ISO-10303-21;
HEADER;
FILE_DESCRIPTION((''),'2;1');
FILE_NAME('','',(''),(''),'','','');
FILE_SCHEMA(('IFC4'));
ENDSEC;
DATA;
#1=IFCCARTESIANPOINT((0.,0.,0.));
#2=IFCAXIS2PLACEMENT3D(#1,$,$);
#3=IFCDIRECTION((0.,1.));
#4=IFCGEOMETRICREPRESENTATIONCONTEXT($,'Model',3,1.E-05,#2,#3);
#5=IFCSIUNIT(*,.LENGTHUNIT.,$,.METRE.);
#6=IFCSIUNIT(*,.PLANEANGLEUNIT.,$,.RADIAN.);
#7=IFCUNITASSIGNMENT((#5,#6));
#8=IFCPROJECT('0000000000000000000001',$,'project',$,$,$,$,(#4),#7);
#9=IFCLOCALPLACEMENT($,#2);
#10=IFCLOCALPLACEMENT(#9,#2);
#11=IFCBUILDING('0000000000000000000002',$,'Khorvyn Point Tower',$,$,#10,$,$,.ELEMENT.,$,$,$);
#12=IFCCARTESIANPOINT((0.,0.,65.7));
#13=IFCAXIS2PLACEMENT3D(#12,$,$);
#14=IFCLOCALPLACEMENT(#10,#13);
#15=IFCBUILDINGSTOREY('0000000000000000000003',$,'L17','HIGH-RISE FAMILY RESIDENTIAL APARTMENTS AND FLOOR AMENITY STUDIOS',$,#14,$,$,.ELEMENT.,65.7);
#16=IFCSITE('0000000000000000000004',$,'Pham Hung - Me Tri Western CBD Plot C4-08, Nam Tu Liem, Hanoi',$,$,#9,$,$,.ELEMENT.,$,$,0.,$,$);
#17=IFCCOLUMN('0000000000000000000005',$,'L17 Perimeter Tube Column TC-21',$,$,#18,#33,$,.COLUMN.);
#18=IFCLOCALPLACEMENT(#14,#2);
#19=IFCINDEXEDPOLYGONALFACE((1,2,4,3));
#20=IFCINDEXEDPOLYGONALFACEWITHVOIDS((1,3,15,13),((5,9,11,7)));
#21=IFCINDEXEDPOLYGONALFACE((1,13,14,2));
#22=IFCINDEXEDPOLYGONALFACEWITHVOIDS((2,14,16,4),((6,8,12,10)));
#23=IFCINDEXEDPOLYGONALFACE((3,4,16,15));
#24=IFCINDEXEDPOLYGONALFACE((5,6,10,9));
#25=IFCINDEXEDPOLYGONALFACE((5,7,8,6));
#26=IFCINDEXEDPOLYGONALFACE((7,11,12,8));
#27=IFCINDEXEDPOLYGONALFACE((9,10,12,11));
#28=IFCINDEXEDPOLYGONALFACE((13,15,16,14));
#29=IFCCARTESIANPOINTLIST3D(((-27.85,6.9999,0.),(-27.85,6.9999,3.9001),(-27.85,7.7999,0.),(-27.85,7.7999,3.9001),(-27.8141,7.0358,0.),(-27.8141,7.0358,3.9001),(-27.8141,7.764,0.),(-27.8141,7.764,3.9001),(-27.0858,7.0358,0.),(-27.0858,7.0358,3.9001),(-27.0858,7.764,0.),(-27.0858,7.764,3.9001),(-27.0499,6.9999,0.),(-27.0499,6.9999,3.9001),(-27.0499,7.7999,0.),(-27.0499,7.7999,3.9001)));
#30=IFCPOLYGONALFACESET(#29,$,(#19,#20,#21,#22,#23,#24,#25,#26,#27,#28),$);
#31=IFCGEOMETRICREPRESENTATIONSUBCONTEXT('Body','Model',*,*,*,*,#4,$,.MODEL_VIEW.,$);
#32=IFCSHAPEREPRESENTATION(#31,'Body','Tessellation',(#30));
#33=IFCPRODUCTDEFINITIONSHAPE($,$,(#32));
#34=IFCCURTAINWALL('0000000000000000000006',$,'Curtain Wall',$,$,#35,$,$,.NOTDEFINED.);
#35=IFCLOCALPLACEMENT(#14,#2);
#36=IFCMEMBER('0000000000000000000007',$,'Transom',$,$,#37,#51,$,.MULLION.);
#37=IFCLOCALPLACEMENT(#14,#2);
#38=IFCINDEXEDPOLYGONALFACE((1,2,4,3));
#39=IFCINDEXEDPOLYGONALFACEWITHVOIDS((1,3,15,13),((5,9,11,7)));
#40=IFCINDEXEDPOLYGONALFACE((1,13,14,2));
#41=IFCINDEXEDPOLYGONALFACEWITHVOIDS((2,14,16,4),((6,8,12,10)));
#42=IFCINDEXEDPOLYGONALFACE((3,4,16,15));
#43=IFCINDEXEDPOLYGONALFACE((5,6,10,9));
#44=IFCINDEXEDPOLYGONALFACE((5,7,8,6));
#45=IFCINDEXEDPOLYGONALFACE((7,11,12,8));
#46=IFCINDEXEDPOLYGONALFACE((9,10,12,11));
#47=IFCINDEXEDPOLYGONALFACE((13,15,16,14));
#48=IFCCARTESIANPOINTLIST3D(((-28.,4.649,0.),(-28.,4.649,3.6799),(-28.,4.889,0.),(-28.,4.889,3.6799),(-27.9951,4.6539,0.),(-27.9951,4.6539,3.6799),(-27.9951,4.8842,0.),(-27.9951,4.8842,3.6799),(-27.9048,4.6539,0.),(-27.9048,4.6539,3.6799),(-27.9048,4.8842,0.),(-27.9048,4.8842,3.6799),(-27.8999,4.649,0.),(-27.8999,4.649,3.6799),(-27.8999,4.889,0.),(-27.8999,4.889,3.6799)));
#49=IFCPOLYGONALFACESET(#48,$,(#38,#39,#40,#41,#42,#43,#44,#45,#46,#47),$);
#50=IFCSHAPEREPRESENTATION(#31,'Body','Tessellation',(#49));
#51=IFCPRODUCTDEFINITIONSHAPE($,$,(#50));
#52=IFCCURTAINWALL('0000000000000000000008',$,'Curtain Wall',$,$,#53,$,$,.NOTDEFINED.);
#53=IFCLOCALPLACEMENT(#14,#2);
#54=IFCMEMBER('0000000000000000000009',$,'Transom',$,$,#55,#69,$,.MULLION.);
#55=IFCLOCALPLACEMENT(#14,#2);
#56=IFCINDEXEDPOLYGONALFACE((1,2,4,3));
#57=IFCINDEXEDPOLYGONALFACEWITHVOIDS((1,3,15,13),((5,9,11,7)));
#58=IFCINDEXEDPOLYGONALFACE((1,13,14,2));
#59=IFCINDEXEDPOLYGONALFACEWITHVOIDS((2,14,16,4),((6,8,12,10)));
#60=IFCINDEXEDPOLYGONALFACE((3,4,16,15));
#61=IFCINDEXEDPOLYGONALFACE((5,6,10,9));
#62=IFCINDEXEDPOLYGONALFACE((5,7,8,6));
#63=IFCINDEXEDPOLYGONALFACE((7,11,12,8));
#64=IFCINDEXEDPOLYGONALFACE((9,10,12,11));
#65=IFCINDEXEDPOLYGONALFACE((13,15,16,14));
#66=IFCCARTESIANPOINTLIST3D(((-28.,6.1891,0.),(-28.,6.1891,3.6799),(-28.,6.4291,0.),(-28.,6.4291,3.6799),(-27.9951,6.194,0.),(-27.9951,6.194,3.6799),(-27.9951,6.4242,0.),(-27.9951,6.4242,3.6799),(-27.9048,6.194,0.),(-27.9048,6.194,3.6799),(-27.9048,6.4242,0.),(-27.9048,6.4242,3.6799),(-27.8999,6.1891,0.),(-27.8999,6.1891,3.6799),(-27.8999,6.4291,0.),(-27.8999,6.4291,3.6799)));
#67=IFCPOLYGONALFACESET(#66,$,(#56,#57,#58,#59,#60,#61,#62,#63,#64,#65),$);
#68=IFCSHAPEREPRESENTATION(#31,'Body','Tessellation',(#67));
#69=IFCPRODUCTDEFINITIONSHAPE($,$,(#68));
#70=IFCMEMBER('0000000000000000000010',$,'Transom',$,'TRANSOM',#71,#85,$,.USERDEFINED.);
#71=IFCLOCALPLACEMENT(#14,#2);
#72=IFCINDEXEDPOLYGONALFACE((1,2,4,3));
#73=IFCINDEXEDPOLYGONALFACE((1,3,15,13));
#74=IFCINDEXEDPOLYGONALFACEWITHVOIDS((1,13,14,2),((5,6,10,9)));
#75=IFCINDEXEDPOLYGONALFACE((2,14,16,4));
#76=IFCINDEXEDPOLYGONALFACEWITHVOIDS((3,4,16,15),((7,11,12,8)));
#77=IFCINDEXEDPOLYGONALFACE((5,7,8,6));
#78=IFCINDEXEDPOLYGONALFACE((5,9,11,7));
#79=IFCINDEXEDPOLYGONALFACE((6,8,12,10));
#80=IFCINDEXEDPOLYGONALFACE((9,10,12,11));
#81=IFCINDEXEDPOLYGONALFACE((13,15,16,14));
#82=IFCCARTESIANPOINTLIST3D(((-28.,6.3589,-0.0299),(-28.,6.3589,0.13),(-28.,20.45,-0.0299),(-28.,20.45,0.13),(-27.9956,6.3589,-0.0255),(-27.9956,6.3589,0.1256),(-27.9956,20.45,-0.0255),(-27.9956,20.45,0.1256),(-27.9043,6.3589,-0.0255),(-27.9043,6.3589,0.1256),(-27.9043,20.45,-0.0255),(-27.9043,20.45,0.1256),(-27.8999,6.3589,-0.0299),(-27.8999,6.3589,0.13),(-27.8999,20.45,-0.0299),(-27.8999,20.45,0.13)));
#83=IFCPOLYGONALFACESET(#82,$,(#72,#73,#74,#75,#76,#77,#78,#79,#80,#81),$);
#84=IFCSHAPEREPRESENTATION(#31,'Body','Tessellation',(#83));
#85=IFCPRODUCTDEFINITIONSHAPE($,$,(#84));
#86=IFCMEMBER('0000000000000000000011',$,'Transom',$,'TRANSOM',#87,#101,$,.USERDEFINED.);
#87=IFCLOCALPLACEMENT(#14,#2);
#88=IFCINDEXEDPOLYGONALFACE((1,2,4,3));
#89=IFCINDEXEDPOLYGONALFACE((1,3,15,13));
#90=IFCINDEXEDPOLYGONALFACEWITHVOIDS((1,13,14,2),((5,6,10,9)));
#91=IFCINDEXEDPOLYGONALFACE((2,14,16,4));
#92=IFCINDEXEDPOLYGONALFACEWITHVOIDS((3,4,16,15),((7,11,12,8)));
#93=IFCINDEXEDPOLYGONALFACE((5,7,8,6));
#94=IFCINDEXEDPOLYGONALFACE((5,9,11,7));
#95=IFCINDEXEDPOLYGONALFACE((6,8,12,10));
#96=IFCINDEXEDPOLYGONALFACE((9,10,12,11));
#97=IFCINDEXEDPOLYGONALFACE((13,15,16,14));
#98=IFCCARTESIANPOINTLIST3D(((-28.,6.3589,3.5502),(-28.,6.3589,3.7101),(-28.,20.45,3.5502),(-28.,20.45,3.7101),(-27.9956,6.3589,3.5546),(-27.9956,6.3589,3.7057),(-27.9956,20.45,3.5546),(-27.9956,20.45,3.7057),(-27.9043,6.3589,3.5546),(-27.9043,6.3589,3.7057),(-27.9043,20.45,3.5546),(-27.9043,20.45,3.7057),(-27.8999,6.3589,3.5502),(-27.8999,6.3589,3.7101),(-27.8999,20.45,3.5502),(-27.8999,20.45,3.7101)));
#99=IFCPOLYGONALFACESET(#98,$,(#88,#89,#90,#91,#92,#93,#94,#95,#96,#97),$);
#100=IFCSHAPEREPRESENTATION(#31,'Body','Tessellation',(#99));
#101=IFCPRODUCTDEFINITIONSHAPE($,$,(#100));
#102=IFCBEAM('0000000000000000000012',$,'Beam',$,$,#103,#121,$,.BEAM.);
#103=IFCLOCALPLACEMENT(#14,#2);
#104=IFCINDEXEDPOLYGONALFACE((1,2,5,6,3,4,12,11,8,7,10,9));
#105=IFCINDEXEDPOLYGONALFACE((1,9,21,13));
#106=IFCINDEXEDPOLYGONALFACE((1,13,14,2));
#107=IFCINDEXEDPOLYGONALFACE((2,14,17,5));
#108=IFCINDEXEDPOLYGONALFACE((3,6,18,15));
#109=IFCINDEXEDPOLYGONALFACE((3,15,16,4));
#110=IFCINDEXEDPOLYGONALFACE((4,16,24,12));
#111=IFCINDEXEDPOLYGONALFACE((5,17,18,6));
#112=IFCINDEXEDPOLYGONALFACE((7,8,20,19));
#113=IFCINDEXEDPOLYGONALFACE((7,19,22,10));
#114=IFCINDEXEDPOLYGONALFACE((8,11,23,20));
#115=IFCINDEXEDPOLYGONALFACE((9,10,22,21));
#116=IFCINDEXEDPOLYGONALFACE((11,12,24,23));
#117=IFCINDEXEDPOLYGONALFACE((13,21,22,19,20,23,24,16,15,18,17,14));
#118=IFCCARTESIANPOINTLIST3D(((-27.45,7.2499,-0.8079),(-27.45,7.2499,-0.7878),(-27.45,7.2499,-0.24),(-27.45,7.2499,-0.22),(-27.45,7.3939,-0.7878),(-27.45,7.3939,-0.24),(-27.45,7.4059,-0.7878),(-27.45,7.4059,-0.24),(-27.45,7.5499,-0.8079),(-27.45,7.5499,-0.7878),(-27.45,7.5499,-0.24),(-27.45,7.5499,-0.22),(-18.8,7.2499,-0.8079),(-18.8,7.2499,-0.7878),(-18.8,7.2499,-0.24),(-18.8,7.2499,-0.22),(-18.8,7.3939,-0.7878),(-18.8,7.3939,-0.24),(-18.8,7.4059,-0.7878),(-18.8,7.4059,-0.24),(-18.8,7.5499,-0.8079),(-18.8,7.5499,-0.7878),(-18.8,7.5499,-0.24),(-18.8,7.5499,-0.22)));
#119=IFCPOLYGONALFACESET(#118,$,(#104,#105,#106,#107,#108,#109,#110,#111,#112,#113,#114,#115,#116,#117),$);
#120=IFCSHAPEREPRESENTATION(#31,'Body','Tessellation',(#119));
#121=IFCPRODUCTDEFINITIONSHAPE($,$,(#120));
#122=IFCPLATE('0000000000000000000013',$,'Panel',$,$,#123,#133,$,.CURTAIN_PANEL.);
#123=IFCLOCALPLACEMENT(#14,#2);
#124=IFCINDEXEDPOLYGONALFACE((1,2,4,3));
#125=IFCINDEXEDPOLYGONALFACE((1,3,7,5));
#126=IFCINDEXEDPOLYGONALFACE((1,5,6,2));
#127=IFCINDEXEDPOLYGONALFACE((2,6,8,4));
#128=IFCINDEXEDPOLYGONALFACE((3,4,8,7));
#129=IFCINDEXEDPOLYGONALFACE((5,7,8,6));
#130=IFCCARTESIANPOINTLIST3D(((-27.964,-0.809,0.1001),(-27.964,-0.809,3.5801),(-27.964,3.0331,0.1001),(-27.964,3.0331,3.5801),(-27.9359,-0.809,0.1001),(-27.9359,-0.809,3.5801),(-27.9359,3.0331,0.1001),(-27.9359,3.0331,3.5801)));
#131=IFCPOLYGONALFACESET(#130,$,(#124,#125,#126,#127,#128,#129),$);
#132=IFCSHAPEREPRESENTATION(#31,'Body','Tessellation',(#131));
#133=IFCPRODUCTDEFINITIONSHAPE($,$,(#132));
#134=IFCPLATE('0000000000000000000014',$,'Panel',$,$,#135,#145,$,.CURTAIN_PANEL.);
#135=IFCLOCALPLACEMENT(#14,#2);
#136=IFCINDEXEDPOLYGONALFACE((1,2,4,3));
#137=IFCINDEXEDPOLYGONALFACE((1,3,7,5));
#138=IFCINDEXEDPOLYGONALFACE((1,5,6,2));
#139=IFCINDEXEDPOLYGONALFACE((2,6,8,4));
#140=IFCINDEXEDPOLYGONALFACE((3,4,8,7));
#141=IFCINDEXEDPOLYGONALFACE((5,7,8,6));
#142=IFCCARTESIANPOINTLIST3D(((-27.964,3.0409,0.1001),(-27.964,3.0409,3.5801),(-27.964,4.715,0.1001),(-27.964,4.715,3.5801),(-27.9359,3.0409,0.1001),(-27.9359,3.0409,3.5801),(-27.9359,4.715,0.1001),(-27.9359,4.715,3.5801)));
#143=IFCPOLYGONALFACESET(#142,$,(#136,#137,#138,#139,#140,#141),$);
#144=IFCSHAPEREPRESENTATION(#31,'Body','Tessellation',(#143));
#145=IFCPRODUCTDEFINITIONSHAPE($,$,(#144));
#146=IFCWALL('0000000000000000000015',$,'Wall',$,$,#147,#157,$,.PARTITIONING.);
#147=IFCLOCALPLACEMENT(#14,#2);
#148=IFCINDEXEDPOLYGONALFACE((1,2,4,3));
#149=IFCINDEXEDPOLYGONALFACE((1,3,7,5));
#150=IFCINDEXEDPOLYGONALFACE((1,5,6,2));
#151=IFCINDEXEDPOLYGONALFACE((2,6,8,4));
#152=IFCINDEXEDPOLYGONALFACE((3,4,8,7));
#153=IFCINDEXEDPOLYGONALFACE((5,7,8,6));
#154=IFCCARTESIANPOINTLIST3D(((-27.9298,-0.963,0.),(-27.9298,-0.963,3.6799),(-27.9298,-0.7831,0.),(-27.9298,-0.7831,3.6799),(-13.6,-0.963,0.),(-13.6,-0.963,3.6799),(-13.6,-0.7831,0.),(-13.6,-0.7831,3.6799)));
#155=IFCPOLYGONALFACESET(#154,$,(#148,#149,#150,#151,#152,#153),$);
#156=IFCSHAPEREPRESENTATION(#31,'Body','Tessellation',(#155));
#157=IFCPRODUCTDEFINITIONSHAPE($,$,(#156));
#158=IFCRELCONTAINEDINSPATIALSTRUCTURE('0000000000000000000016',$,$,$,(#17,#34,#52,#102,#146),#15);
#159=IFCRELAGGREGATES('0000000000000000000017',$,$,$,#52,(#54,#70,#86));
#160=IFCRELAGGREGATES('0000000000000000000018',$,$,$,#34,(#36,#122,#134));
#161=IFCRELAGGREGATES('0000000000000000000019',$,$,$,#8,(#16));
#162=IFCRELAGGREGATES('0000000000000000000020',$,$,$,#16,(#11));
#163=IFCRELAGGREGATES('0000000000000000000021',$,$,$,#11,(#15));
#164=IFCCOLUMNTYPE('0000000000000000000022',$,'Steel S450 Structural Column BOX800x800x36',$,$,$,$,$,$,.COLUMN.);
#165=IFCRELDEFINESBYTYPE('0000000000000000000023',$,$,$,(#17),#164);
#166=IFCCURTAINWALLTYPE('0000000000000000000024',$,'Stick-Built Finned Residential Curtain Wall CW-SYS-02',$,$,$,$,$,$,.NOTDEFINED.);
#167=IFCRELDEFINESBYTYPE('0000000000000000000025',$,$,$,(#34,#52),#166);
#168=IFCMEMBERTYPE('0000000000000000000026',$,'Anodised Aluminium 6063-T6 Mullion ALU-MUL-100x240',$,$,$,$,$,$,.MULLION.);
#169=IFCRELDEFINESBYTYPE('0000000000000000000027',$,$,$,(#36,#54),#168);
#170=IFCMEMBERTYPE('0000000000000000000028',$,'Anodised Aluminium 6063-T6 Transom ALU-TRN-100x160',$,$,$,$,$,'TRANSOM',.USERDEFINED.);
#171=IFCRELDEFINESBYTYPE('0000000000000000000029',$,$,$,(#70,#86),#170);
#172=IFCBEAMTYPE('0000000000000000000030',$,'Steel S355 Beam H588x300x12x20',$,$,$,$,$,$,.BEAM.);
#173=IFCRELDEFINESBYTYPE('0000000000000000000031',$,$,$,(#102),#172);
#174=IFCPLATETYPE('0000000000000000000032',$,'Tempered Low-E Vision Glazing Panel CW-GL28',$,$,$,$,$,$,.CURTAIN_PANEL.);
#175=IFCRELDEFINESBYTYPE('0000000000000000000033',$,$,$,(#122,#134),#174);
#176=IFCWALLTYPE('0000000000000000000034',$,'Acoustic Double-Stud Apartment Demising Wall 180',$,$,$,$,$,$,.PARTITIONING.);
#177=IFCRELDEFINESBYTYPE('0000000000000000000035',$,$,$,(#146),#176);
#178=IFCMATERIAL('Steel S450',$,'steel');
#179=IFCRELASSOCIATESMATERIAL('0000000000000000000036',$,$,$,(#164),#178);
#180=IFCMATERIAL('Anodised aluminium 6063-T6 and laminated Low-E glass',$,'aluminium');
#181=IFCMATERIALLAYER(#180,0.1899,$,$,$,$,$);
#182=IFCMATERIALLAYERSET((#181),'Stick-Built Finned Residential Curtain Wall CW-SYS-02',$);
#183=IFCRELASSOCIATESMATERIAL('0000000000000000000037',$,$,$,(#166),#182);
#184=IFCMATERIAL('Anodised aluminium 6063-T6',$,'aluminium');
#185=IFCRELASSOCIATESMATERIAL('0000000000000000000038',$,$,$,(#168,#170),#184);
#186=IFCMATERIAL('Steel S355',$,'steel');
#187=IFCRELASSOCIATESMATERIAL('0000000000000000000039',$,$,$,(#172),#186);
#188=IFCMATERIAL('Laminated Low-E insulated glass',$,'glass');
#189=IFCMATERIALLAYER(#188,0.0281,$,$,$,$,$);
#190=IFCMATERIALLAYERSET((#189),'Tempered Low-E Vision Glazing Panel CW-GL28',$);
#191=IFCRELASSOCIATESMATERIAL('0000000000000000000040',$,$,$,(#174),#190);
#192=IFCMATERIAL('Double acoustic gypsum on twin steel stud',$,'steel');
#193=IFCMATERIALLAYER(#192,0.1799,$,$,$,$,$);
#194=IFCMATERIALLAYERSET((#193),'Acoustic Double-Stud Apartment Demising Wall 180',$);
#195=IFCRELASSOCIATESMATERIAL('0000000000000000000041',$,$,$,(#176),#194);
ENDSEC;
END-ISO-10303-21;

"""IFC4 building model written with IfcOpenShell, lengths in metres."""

from ifc_helpers import new_model, si_unit, direction, frame, frame_2d, origin, origin_2d, place, context, subcontext, project, spatial, rectangle, hollow_rectangle, i_section, extrude, material, layer, layer_set, material_profile, profile_set, type_object, element, aggregate, save


model = new_model("IFC4")

# Units and contexts
model_context = context("Model", 3, precision=1e-05, world=origin(), true_north=direction((0.0, 1.0)))
body_context = subcontext(model_context, "Body", "Model", "MODEL_VIEW")
ifc_project = project(units=[si_unit("LENGTHUNIT", "METRE"), si_unit("PLANEANGLEUNIT", "RADIAN")], contexts=[model_context])

# Site, building, storey
site_placement = place(None, origin())
site = spatial("IfcSite", under=ifc_project, at=site_placement, Name="Pham Hung - Me Tri Western CBD Plot C4-08, Nam Tu Liem, Hanoi", CompositionType="ELEMENT", RefElevation=0.0)
building_placement = place(site_placement, origin())
building = spatial("IfcBuilding", under=site, at=building_placement, Name="Khorvyn Point Tower", CompositionType="ELEMENT")
storey_placement = place(building_placement, frame((0.0, 0.0, 65.7)))
storey = spatial("IfcBuildingStorey", under=building, at=storey_placement, Name="L17", Description="HIGH-RISE FAMILY RESIDENTIAL APARTMENTS AND FLOOR AMENITY STUDIOS", CompositionType="ELEMENT", Elevation=65.7)

# Column
ifc_material_1 = material(Name="Steel S450", Category="steel")
ifc_material_profile_1 = material_profile(ifc_material_1, hollow_rectangle(XDim=0.8, YDim=0.8, WallThickness=0.0359, at=origin_2d()))
ifc_profile_set_1 = profile_set([ifc_material_profile_1], Name="Steel S450 BOX800x800x36")
column_type = type_object("IfcColumnType", Name="Steel S450 Structural Column BOX800x800x36", PredefinedType="COLUMN", material=ifc_profile_set_1)
column_placement = place(storey_placement, frame((-27.45, 7.3999, 0.0), z_axis=(0.0, 0.0, 1.0), x_axis=(1.0, 0.0, 0.0)))
element("IfcColumn", 1, at=column_placement, inside=storey, type_object=column_type, Name="L17 Perimeter Tube Column TC-21", PredefinedType="COLUMN", context=body_context, shape_type="SweptSolid", body=[
    extrude(hollow_rectangle(XDim=0.8, YDim=0.8, WallThickness=0.0359, at=origin_2d()), origin(), (0.0, 0.0, 1.0), 3.9001),
])

# Curtain wall, member
ifc_material_2 = material(Name="Anodised aluminium 6063-T6 and laminated Low-E glass", Category="aluminium")
ifc_layer_1 = layer(ifc_material_2, 0.1899)
ifc_layer_set_1 = layer_set([ifc_layer_1], Name="Stick-Built Finned Residential Curtain Wall CW-SYS-02")
curtain_wall_type = type_object("IfcCurtainWallType", Name="Stick-Built Finned Residential Curtain Wall CW-SYS-02", PredefinedType="NOTDEFINED", material=ifc_layer_set_1)
curtain_wall_1_placement = place(storey_placement, origin())
curtain_wall_1 = element("IfcCurtainWall", 2, at=curtain_wall_1_placement, inside=storey, type_object=curtain_wall_type, Name="Curtain Wall", PredefinedType="NOTDEFINED")
ifc_material_3 = material(Name="Anodised aluminium 6063-T6", Category="aluminium")
ifc_material_profile_2 = material_profile(ifc_material_3, hollow_rectangle(XDim=0.1001, YDim=0.24, WallThickness=0.0049, at=origin_2d()))
ifc_profile_set_2 = profile_set([ifc_material_profile_2], Name="Anodised aluminium 6063-T6 ALU-MUL-100x240")
member_type_1 = type_object("IfcMemberType", Name="Anodised Aluminium 6063-T6 Mullion ALU-MUL-100x240", PredefinedType="MULLION", material=ifc_profile_set_2)
member_1_placement = place(storey_placement, frame((-27.95, 4.769, 0.0), z_axis=(0.0, 0.0, 1.0), x_axis=(-1.0, 0.0, 0.0)))
member_1 = element("IfcMember", 3, at=member_1_placement, type_object=member_type_1, Name="Transom", PredefinedType="MULLION", context=body_context, shape_type="SweptSolid", body=[
    extrude(hollow_rectangle(XDim=0.1001, YDim=0.24, WallThickness=0.0049, at=origin_2d()), origin(), (0.0, 0.0, 1.0), 3.6799),
])

# Curtain wall, members
curtain_wall_2_placement = place(storey_placement, origin())
curtain_wall_2 = element("IfcCurtainWall", 4, at=curtain_wall_2_placement, inside=storey, type_object=curtain_wall_type, Name="Curtain Wall", PredefinedType="NOTDEFINED")
member_2_placement = place(storey_placement, frame((-27.95, 6.3091, 0.0), z_axis=(0.0, 0.0, 1.0), x_axis=(-1.0, 0.0, 0.0)))
member_2 = element("IfcMember", 5, at=member_2_placement, type_object=member_type_1, Name="Transom", PredefinedType="MULLION", context=body_context, shape_type="SweptSolid", body=[
    extrude(hollow_rectangle(XDim=0.1001, YDim=0.24, WallThickness=0.0049, at=origin_2d()), origin(), (0.0, 0.0, 1.0), 3.6799),
])
ifc_material_profile_3 = material_profile(ifc_material_3, hollow_rectangle(XDim=0.1001, YDim=0.1599, WallThickness=0.0044, at=origin_2d()))
ifc_profile_set_3 = profile_set([ifc_material_profile_3], Name="Anodised aluminium 6063-T6 ALU-TRN-100x160")
member_type_2 = type_object("IfcMemberType", Name="Anodised Aluminium 6063-T6 Transom ALU-TRN-100x160", ElementType="TRANSOM", PredefinedType="USERDEFINED", material=ifc_profile_set_3)
member_3_placement = place(storey_placement, frame((-27.95, 6.3589, 0.05), z_axis=(0.0, 1.0, 0.0), x_axis=(-1.0, 0.0, 0.0)))
member_3 = element("IfcMember", 6, at=member_3_placement, type_object=member_type_2, Name="Transom", ObjectType="TRANSOM", PredefinedType="USERDEFINED", context=body_context, shape_type="SweptSolid", body=[
    extrude(hollow_rectangle(XDim=0.1001, YDim=0.1599, WallThickness=0.0044, at=origin_2d()), origin(), (0.0, 0.0, 1.0), 14.0911),
])
member_4_placement = place(storey_placement, frame((-27.95, 6.3589, 3.6301), z_axis=(0.0, 1.0, 0.0), x_axis=(-1.0, 0.0, 0.0)))
member_4 = element("IfcMember", 7, at=member_4_placement, type_object=member_type_2, Name="Transom", ObjectType="TRANSOM", PredefinedType="USERDEFINED", context=body_context, shape_type="SweptSolid", body=[
    extrude(hollow_rectangle(XDim=0.1001, YDim=0.1599, WallThickness=0.0044, at=origin_2d()), origin(), (0.0, 0.0, 1.0), 14.0911),
])
aggregate(curtain_wall_2, [member_2, member_3, member_4])

# Beam
ifc_material_4 = material(Name="Steel S355", Category="steel")
ifc_material_profile_4 = material_profile(ifc_material_4, i_section(OverallWidth=0.3, OverallDepth=0.5879, WebThickness=0.012, FlangeThickness=0.02, at=origin_2d()))
ifc_profile_set_4 = profile_set([ifc_material_profile_4], Name="Steel S355 H588x300x12x20")
beam_type = type_object("IfcBeamType", Name="Steel S355 Beam H588x300x12x20", PredefinedType="BEAM", material=ifc_profile_set_4)
beam_placement = place(storey_placement, frame((-27.45, 7.3999, -0.5139), z_axis=(1.0, 0.0, 0.0), x_axis=(0.0, 1.0, 0.0)))
element("IfcBeam", 8, at=beam_placement, inside=storey, type_object=beam_type, Name="Beam", PredefinedType="BEAM", context=body_context, shape_type="SweptSolid", body=[
    extrude(i_section(OverallWidth=0.3, OverallDepth=0.5879, WebThickness=0.012, FlangeThickness=0.02, at=origin_2d()), origin(), (0.0, 0.0, 1.0), 8.6499),
])

# Plates
ifc_material_5 = material(Name="Laminated Low-E insulated glass", Category="glass")
ifc_layer_2 = layer(ifc_material_5, 0.0281)
ifc_layer_set_2 = layer_set([ifc_layer_2], Name="Tempered Low-E Vision Glazing Panel CW-GL28")
plate_type = type_object("IfcPlateType", Name="Tempered Low-E Vision Glazing Panel CW-GL28", PredefinedType="CURTAIN_PANEL", material=ifc_layer_set_2)
plate_1_placement = place(storey_placement, frame((-27.95, 1.1121, 0.1001), z_axis=(0.0, 0.0, 1.0), x_axis=(0.0, 1.0, 0.0)))
plate_1 = element("IfcPlate", 9, at=plate_1_placement, type_object=plate_type, Name="Panel", PredefinedType="CURTAIN_PANEL", context=body_context, shape_type="SweptSolid", body=[
    extrude(rectangle(XDim=3.842, YDim=0.0281, at=origin_2d()), origin(), (0.0, 0.0, 1.0), 3.48),
])
plate_2_placement = place(storey_placement, frame((-27.95, 3.8779, 0.1001), z_axis=(0.0, 0.0, 1.0), x_axis=(0.0, 1.0, 0.0)))
plate_2 = element("IfcPlate", 10, at=plate_2_placement, type_object=plate_type, Name="Panel", PredefinedType="CURTAIN_PANEL", context=body_context, shape_type="SweptSolid", body=[
    extrude(rectangle(XDim=1.6741, YDim=0.0281, at=origin_2d()), origin(), (0.0, 0.0, 1.0), 3.48),
])
aggregate(curtain_wall_1, [member_1, plate_1, plate_2])

# Wall
ifc_material_6 = material(Name="Double acoustic gypsum on twin steel stud", Category="steel")
ifc_layer_3 = layer(ifc_material_6, 0.1799)
ifc_layer_set_3 = layer_set([ifc_layer_3], Name="Acoustic Double-Stud Apartment Demising Wall 180")
wall_type_1 = type_object("IfcWallType", Name="Acoustic Double-Stud Apartment Demising Wall 180", PredefinedType="PARTITIONING", material=ifc_layer_set_3)
wall_1_placement = place(storey_placement, frame((-27.9299, -0.873, 0.0), z_axis=(0.0, 0.0, 1.0), x_axis=(1.0, 0.0, 0.0)))
element("IfcWall", 11, at=wall_1_placement, inside=storey, type_object=wall_type_1, Name="Wall", PredefinedType="PARTITIONING", context=body_context, shape_type="SweptSolid", body=[
    extrude(rectangle(XDim=14.3298, YDim=0.1799, at=frame_2d((7.165, 0.0))), origin(), (0.0, 0.0, 1.0), 3.6799),
])

save(model, "model.ifc")
